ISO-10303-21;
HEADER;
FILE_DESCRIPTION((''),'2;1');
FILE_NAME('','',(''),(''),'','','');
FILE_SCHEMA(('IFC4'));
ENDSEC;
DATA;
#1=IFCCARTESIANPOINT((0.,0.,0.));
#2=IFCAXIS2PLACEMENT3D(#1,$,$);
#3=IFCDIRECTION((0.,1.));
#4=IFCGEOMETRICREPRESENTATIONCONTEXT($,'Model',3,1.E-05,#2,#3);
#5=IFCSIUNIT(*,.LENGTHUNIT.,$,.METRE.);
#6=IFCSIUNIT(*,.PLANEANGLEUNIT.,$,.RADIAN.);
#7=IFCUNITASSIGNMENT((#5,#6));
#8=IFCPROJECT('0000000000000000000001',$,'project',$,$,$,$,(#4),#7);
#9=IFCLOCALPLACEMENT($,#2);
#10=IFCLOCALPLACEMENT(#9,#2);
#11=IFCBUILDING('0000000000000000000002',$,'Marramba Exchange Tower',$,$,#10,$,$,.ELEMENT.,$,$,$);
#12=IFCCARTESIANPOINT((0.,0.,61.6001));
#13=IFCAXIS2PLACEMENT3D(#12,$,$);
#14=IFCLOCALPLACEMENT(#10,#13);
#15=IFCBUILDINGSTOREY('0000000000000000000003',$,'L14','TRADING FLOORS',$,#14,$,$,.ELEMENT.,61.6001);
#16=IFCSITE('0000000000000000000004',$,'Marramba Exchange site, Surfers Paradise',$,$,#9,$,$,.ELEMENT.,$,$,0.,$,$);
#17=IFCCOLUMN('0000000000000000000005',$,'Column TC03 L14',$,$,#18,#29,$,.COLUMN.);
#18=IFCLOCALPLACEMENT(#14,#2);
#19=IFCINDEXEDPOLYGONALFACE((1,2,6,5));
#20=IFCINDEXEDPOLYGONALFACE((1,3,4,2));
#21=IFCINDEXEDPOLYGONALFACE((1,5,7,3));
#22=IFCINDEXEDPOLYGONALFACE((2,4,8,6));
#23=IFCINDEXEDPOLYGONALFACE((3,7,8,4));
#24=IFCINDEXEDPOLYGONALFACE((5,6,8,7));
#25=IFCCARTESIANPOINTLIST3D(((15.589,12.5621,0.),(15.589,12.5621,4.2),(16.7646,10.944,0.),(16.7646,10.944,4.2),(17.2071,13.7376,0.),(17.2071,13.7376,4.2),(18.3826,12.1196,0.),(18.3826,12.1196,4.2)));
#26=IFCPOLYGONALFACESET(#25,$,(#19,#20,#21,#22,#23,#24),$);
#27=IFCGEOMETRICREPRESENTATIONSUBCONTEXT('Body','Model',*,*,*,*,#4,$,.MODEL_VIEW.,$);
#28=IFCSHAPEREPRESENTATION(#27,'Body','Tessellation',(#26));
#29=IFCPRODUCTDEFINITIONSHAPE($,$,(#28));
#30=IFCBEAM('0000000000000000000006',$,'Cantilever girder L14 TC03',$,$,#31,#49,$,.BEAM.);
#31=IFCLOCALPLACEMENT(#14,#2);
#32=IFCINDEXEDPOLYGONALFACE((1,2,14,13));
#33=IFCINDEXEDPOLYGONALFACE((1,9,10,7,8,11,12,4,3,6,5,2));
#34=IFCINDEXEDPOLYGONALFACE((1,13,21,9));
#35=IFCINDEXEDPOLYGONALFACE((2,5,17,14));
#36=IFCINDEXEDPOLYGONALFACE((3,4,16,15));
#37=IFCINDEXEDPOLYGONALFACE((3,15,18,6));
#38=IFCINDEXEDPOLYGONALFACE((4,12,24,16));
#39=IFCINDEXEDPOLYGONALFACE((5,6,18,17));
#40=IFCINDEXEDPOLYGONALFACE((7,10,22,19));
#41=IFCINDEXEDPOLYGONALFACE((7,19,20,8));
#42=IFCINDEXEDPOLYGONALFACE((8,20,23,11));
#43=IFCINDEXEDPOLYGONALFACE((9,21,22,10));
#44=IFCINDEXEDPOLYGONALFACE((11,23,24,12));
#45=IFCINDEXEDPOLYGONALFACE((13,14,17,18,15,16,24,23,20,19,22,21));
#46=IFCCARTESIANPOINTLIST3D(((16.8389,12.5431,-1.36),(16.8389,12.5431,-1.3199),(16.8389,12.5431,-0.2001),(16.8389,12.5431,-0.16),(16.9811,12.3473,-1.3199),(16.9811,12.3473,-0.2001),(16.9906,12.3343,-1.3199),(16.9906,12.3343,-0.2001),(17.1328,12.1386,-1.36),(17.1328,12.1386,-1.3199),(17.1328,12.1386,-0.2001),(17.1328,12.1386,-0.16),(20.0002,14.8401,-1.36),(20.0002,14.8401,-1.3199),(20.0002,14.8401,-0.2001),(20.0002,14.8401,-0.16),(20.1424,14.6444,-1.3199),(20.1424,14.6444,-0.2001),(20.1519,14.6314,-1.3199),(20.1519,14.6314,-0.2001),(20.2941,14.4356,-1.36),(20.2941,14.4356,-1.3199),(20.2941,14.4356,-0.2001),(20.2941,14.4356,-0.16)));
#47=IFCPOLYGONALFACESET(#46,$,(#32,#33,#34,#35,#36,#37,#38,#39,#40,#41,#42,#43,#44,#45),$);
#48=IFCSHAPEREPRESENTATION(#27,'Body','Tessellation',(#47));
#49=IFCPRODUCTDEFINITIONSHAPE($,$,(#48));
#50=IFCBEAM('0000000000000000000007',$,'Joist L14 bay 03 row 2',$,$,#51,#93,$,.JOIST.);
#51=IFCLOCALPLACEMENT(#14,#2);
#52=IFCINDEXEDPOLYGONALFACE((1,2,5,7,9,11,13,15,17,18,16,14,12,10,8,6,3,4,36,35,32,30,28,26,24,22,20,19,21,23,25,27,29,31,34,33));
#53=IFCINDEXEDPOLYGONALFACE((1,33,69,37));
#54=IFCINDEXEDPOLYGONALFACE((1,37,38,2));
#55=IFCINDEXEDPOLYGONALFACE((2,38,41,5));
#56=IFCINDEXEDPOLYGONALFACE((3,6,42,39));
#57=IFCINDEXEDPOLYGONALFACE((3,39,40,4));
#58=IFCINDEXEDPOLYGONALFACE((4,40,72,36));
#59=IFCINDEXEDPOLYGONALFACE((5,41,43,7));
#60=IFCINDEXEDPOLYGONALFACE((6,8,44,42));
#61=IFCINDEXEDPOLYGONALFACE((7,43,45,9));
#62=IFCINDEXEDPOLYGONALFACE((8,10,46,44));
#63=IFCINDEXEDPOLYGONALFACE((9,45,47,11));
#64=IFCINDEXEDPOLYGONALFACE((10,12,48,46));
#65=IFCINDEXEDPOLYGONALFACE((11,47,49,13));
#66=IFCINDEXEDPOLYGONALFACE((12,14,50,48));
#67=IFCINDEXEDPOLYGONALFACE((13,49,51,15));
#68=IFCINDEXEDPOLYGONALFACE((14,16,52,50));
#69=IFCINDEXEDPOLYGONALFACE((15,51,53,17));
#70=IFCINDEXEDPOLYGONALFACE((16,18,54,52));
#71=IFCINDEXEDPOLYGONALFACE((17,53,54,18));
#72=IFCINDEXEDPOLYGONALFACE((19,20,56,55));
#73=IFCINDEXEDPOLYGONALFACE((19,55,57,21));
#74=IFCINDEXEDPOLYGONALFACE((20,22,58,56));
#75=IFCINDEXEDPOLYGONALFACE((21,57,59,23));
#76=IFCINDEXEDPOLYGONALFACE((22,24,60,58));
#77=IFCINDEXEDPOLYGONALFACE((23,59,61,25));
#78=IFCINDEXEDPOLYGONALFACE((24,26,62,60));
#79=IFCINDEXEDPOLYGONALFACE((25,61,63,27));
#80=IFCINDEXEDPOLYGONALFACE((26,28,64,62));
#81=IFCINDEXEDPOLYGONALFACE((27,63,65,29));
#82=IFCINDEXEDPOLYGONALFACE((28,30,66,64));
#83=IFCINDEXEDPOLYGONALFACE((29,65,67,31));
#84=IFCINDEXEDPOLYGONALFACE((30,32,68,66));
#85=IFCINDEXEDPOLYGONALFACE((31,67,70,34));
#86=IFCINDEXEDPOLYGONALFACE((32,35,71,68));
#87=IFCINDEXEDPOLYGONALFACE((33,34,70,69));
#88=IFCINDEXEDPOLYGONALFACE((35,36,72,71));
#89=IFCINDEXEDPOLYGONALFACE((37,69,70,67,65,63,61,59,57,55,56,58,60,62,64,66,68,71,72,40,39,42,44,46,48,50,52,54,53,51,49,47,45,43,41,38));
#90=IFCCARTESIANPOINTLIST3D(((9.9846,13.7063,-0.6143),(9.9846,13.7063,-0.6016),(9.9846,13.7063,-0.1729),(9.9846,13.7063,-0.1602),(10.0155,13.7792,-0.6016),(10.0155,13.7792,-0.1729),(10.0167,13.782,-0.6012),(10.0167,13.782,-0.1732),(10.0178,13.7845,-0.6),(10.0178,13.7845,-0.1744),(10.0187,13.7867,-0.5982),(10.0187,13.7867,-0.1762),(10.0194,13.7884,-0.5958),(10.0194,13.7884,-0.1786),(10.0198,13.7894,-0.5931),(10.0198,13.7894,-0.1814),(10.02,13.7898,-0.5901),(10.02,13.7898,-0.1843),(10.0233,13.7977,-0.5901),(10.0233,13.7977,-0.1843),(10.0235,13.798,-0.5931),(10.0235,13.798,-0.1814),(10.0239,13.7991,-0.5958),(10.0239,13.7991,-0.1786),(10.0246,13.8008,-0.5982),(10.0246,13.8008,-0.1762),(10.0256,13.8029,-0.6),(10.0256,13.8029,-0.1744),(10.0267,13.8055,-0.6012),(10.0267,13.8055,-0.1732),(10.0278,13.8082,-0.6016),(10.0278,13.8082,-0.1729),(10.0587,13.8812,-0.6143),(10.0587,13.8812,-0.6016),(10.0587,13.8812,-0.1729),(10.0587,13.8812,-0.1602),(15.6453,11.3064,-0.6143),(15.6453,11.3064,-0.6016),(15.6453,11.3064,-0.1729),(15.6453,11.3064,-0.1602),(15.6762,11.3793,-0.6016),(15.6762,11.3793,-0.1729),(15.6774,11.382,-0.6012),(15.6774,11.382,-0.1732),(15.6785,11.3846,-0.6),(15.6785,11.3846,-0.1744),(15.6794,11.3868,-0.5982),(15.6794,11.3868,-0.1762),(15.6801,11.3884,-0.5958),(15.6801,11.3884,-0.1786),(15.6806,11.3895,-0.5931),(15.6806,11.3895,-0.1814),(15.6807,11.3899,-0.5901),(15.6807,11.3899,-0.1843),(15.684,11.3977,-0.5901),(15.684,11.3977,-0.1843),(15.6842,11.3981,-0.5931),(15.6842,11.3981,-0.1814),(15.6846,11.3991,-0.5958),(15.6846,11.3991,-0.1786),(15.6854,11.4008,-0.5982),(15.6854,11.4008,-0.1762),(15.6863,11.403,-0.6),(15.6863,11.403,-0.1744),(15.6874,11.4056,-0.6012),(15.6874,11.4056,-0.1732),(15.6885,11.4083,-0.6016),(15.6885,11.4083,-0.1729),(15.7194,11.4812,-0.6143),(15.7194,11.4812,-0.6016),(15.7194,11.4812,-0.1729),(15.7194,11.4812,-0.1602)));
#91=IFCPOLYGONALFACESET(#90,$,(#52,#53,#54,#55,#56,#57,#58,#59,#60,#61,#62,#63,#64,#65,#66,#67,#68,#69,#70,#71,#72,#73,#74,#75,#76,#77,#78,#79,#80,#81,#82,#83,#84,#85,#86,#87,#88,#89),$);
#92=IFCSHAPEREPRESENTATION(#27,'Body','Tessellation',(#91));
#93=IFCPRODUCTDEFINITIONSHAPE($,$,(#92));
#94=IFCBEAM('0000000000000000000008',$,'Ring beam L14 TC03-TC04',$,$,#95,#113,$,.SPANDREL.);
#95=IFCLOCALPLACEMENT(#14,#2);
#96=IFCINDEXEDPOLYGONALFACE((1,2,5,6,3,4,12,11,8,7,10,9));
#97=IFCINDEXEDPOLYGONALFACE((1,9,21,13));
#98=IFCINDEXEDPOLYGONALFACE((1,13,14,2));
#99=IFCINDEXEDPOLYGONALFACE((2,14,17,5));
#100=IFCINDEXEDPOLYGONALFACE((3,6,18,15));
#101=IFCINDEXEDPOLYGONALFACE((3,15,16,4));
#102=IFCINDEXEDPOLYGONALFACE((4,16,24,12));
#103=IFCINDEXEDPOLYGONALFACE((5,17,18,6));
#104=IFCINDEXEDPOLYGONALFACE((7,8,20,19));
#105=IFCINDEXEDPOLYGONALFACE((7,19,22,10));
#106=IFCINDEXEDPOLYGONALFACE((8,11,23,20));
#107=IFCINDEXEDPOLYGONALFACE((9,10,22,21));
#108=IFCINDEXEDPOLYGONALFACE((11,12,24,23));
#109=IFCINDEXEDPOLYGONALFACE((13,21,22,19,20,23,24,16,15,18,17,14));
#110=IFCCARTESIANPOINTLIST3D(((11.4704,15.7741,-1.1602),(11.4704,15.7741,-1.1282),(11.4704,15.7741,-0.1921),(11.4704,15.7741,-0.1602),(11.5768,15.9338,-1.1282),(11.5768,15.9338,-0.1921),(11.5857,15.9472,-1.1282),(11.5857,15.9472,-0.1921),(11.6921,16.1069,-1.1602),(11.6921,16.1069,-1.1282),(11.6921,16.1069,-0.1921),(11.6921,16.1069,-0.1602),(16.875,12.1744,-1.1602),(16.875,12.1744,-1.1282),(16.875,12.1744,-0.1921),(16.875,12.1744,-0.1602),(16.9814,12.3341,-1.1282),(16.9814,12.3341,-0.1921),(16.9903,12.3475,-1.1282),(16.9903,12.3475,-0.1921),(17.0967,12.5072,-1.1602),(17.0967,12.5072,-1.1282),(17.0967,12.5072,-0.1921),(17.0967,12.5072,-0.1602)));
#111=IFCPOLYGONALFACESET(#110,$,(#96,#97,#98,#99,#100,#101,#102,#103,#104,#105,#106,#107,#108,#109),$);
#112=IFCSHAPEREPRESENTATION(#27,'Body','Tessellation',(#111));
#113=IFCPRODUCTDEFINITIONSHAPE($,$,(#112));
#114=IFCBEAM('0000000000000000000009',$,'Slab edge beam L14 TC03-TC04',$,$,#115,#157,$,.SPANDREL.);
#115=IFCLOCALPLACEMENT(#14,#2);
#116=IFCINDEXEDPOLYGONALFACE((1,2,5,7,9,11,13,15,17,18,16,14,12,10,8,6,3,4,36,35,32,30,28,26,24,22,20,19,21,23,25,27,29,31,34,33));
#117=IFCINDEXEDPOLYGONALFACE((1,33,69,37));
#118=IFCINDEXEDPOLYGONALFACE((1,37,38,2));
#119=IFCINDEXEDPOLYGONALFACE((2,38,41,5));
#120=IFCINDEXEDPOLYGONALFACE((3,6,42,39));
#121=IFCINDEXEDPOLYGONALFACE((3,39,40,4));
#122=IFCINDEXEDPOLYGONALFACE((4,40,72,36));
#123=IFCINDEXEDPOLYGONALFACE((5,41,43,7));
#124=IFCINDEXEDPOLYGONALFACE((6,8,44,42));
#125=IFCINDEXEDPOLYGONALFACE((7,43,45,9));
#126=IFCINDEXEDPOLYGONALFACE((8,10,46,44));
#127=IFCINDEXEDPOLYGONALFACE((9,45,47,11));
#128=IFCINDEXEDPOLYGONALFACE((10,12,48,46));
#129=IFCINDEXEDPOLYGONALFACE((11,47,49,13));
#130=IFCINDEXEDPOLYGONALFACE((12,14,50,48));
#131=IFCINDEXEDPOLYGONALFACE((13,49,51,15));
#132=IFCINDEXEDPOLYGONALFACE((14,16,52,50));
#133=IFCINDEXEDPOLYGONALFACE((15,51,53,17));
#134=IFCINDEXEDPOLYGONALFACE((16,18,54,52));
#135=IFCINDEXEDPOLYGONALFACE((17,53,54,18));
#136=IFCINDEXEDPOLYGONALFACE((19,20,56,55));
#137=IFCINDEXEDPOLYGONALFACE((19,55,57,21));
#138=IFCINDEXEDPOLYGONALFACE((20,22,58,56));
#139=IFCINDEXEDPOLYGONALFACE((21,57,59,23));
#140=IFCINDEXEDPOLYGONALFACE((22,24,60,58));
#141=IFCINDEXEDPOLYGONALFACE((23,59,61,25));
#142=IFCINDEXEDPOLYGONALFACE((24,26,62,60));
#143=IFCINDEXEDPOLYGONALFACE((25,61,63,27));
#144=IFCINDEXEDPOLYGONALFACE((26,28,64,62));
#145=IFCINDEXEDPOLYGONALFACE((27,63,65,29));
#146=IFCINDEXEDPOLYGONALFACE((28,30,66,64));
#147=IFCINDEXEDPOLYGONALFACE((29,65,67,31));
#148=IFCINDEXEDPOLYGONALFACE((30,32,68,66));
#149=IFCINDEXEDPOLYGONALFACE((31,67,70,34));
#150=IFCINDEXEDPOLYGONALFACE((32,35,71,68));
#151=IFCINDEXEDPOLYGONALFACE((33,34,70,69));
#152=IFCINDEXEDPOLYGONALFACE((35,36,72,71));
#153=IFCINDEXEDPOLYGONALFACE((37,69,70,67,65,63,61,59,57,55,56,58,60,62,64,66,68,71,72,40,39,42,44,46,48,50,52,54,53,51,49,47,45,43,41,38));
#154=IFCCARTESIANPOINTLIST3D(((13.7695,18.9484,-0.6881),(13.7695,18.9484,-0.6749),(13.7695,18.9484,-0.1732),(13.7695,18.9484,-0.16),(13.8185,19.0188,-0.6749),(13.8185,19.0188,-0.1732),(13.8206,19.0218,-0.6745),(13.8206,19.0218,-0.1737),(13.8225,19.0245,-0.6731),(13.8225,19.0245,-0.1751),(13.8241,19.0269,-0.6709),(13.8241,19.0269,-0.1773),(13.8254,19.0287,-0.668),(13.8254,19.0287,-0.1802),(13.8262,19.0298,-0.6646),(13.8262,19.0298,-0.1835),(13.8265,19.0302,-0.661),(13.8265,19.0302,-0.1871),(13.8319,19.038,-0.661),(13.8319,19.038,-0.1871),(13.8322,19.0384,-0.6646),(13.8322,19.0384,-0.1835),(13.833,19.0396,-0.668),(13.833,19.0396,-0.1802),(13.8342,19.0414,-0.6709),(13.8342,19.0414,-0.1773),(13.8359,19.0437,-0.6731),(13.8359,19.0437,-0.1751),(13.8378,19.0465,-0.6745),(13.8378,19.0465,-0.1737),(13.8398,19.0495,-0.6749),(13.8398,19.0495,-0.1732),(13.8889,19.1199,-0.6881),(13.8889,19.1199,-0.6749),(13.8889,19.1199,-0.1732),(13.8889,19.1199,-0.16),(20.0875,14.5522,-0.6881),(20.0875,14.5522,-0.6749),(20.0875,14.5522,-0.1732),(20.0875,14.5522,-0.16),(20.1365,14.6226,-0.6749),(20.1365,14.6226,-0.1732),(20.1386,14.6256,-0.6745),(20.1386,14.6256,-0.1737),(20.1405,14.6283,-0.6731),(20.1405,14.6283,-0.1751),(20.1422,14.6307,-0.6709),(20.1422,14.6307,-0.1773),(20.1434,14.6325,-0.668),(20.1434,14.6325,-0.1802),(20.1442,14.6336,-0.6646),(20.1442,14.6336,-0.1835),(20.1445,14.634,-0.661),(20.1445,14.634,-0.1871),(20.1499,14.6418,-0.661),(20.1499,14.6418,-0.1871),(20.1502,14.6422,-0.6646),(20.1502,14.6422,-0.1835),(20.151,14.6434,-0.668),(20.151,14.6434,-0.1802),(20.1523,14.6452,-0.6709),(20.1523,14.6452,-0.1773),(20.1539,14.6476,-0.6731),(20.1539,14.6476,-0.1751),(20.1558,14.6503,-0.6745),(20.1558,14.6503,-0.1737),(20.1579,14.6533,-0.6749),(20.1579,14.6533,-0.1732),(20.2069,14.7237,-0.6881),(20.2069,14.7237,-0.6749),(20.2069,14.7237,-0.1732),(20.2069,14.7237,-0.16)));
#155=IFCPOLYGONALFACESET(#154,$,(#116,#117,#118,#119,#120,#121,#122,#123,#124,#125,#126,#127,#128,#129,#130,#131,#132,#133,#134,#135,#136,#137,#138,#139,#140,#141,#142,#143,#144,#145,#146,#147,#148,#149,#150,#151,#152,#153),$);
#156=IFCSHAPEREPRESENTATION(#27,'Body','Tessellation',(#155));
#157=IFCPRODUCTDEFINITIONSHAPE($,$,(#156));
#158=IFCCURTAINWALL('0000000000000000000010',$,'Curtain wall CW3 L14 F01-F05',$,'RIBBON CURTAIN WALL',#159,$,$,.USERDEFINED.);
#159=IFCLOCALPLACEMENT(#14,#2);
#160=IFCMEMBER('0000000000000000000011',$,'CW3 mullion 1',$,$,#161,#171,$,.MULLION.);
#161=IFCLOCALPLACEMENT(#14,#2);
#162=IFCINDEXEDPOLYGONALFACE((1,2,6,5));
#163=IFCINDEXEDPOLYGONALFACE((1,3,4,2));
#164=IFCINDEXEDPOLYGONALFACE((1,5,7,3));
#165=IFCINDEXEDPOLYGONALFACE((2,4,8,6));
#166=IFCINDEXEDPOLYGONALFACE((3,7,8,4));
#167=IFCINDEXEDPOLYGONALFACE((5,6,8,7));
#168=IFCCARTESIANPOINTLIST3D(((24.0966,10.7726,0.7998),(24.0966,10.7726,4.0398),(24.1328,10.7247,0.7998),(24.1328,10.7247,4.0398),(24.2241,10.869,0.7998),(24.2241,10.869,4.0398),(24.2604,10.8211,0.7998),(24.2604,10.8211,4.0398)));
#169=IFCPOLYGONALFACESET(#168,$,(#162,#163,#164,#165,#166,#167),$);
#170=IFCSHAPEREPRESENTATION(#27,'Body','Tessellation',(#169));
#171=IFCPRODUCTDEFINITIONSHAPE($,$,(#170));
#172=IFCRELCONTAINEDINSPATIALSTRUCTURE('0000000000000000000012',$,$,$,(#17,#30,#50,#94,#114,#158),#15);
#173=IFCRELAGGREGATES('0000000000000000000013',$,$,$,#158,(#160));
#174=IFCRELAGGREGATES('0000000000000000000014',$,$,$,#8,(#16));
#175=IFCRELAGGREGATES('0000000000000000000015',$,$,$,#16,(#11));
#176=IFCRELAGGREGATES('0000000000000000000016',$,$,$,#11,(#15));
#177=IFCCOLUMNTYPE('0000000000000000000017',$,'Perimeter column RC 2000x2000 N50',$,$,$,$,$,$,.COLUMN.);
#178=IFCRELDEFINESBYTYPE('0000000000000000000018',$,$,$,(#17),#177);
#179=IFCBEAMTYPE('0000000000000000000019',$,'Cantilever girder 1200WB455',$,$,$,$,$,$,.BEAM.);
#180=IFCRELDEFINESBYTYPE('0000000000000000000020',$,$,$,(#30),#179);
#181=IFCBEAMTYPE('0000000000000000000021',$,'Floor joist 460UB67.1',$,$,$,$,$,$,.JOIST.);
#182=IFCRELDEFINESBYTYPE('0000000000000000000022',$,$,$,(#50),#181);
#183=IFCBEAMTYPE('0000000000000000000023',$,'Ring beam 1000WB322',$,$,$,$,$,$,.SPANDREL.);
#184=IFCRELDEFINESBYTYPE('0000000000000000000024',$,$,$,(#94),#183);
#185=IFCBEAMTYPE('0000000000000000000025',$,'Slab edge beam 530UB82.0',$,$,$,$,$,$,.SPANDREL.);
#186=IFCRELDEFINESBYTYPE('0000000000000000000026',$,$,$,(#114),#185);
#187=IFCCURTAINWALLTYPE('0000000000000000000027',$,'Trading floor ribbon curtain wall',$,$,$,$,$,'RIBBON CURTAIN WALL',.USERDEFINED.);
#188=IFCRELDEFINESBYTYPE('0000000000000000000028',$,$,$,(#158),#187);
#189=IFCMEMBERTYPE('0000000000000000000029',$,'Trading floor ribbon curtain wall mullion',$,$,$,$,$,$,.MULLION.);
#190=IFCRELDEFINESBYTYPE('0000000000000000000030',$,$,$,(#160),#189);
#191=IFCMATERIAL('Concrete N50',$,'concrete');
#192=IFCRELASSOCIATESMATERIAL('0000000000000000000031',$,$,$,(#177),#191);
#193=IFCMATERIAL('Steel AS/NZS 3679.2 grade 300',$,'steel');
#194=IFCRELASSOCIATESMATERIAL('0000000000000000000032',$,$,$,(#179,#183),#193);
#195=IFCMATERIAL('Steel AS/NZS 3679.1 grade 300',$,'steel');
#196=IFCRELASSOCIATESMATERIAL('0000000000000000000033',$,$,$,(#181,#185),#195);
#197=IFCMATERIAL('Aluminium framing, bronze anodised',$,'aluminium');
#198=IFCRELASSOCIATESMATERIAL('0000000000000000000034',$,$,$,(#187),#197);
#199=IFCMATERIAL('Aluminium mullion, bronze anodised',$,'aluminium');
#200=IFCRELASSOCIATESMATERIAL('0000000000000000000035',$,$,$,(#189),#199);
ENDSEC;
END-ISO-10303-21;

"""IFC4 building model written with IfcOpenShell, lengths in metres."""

from ifc_helpers import new_model, si_unit, direction, frame, origin, origin_2d, place, context, subcontext, project, spatial, rectangle, i_section, extrude, material, material_profile, profile_set, type_object, element, aggregate, save


model = new_model("IFC4")

# Units and contexts
model_context = context("Model", 3, precision=1e-05, world=origin(), true_north=direction((0.0, 1.0)))
body_context = subcontext(model_context, "Body", "Model", "MODEL_VIEW")
ifc_project = project(units=[si_unit("LENGTHUNIT", "METRE"), si_unit("PLANEANGLEUNIT", "RADIAN")], contexts=[model_context])

# Site, building, storey
site_placement = place(None, origin())
site = spatial("IfcSite", under=ifc_project, at=site_placement, Name="Marramba Exchange site, Surfers Paradise", CompositionType="ELEMENT", RefElevation=0.0)
building_placement = place(site_placement, origin())
building = spatial("IfcBuilding", under=site, at=building_placement, Name="Marramba Exchange Tower", CompositionType="ELEMENT")
storey_placement = place(building_placement, frame((0.0, 0.0, 61.6001)))
storey = spatial("IfcBuildingStorey", under=building, at=storey_placement, Name="L14", Description="TRADING FLOORS", CompositionType="ELEMENT", Elevation=61.6001)

# Column
ifc_material_1 = material(Name="Concrete N50", Category="concrete")
ifc_material_profile_1 = material_profile(ifc_material_1, rectangle(XDim=2.0, YDim=2.0, at=origin_2d()), Name="RC 2000x2000")
ifc_profile_set_1 = profile_set([ifc_material_profile_1], Name="Concrete N50")
column_type = type_object("IfcColumnType", Name="Perimeter column RC 2000x2000 N50", PredefinedType="COLUMN", material=ifc_profile_set_1)
column_placement = place(storey_placement, frame((16.9858, 12.3408, 0.0), z_axis=(0.0, 0.0, 1.0), x_axis=(0.809017, 0.587785, 0.0)))
element("IfcColumn", 1, at=column_placement, inside=storey, type_object=column_type, Name="Column TC03 L14", PredefinedType="COLUMN", context=body_context, shape_type="SweptSolid", body=[
    extrude(rectangle(XDim=2.0, YDim=2.0, at=origin_2d()), origin(), (0.0, 0.0, 1.0), 4.2),
])

# Beams
ifc_material_2 = material(Name="Steel AS/NZS 3679.2 grade 300", Category="steel")
ifc_material_profile_2 = material_profile(ifc_material_2, i_section(OverallWidth=0.5, OverallDepth=1.2, WebThickness=0.0161, FlangeThickness=0.04, at=origin_2d()), Name="1200WB455")
ifc_profile_set_2 = profile_set([ifc_material_profile_2], Name="Steel AS/NZS 3679.2 grade 300")
beam_type_1 = type_object("IfcBeamType", Name="Cantilever girder 1200WB455", PredefinedType="BEAM", material=ifc_profile_set_2)
beam_1_placement = place(storey_placement, frame((16.9858, 12.3408, -0.76), z_axis=(0.808987, 0.587826, 0.0), x_axis=(-0.587826, 0.808987, 0.0)))
element("IfcBeam", 2, at=beam_1_placement, inside=storey, type_object=beam_type_1, Name="Cantilever girder L14 TC03", PredefinedType="BEAM", context=body_context, shape_type="SweptSolid", body=[
    extrude(i_section(OverallWidth=0.5, OverallDepth=1.2, WebThickness=0.0161, FlangeThickness=0.04, at=origin_2d()), origin(), (0.0, 0.0, 1.0), 3.9077),
])
ifc_material_3 = material(Name="Steel AS/NZS 3679.1 grade 300", Category="steel")
ifc_material_profile_3 = material_profile(ifc_material_3, i_section(OverallWidth=0.1899, OverallDepth=0.4541, WebThickness=0.0085, FlangeThickness=0.0127, FilletRadius=0.0115, at=origin_2d()), Name="460UB67.1")
ifc_profile_set_3 = profile_set([ifc_material_profile_3], Name="Steel AS/NZS 3679.1 grade 300")
beam_type_2 = type_object("IfcBeamType", Name="Floor joist 460UB67.1", PredefinedType="JOIST", material=ifc_profile_set_3)
beam_2_placement = place(storey_placement, frame((15.6824, 11.3938, -0.3872), z_axis=(-0.920674, 0.390332, 0.0), x_axis=(-0.390332, -0.920674, 0.0)))
element("IfcBeam", 3, at=beam_2_placement, inside=storey, type_object=beam_type_2, Name="Joist L14 bay 03 row 2", PredefinedType="JOIST", context=body_context, shape_type="SweptSolid", body=[
    extrude(i_section(OverallWidth=0.1899, OverallDepth=0.4541, WebThickness=0.0085, FlangeThickness=0.0127, FilletRadius=0.0115, at=origin_2d()), origin(), (0.0, 0.0, 1.0), 6.1484),
])
ifc_material_profile_4 = material_profile(ifc_material_2, i_section(OverallWidth=0.3999, OverallDepth=1.0, WebThickness=0.0161, FlangeThickness=0.032, at=origin_2d()), Name="1000WB322")
ifc_profile_set_4 = profile_set([ifc_material_profile_4], Name="Steel AS/NZS 3679.2 grade 300")
beam_type_3 = type_object("IfcBeamType", Name="Ring beam 1000WB322", PredefinedType="SPANDREL", material=ifc_profile_set_4)
beam_3_placement = place(storey_placement, frame((16.9858, 12.3408, -0.6602), z_axis=(-0.832293, 0.554336, 0.0), x_axis=(-0.554336, -0.832293, 0.0)))
element("IfcBeam", 4, at=beam_3_placement, inside=storey, type_object=beam_type_3, Name="Ring beam L14 TC03-TC04", PredefinedType="SPANDREL", context=body_context, shape_type="SweptSolid", body=[
    extrude(i_section(OverallWidth=0.3999, OverallDepth=1.0, WebThickness=0.0161, FlangeThickness=0.032, at=origin_2d()), origin(), (0.0, 0.0, 1.0), 6.4937),
])
ifc_material_profile_5 = material_profile(ifc_material_3, i_section(OverallWidth=0.209, OverallDepth=0.5281, WebThickness=0.0095, FlangeThickness=0.0132, FilletRadius=0.0139, at=origin_2d()), Name="530UB82.0")
ifc_profile_set_5 = profile_set([ifc_material_profile_5], Name="Steel AS/NZS 3679.1 grade 300")
beam_type_4 = type_object("IfcBeamType", Name="Slab edge beam 530UB82.0", PredefinedType="SPANDREL", material=ifc_profile_set_5)
beam_4_placement = place(storey_placement, frame((20.1472, 14.6379, -0.4241), z_axis=(-0.820842, 0.571155, 0.0), x_axis=(-0.571155, -0.820842, 0.0)))
element("IfcBeam", 5, at=beam_4_placement, inside=storey, type_object=beam_type_4, Name="Slab edge beam L14 TC03-TC04", PredefinedType="SPANDREL", context=body_context, shape_type="SweptSolid", body=[
    extrude(i_section(OverallWidth=0.209, OverallDepth=0.5281, WebThickness=0.0095, FlangeThickness=0.0132, FilletRadius=0.0139, at=origin_2d()), origin(), (0.0, 0.0, 1.0), 7.697),
])

# Curtain wall, member
ifc_material_4 = material(Name="Aluminium framing, bronze anodised", Category="aluminium")
curtain_wall_type = type_object("IfcCurtainWallType", Name="Trading floor ribbon curtain wall", ElementType="RIBBON CURTAIN WALL", PredefinedType="USERDEFINED", material=ifc_material_4)
curtain_wall_placement = place(storey_placement, origin())
curtain_wall = element("IfcCurtainWall", 6, at=curtain_wall_placement, inside=storey, type_object=curtain_wall_type, Name="Curtain wall CW3 L14 F01-F05", ObjectType="RIBBON CURTAIN WALL", PredefinedType="USERDEFINED")
ifc_material_5 = material(Name="Aluminium mullion, bronze anodised", Category="aluminium")
ifc_material_profile_6 = material_profile(ifc_material_5, rectangle(XDim=0.1599, YDim=0.0601, at=origin_2d()), Name="CW3 mullion 60x160")
ifc_profile_set_6 = profile_set([ifc_material_profile_6], Name="Aluminium mullion, bronze anodised")
member_type_1 = type_object("IfcMemberType", Name="Trading floor ribbon curtain wall mullion", PredefinedType="MULLION", material=ifc_profile_set_6)
member_1_placement = place(storey_placement, frame((24.1785, 10.7969, 0.7998), z_axis=(0.0, 0.0, 1.0), x_axis=(-0.797749, -0.60299, 0.0)))
member_1 = element("IfcMember", 7, at=member_1_placement, type_object=member_type_1, Name="CW3 mullion 1", PredefinedType="MULLION", context=body_context, shape_type="SweptSolid", body=[
    extrude(rectangle(XDim=0.1599, YDim=0.0601, at=origin_2d()), origin(), (0.0, 0.0, 1.0), 3.24),
])
aggregate(curtain_wall, [member_1])

save(model, "model.ifc")
